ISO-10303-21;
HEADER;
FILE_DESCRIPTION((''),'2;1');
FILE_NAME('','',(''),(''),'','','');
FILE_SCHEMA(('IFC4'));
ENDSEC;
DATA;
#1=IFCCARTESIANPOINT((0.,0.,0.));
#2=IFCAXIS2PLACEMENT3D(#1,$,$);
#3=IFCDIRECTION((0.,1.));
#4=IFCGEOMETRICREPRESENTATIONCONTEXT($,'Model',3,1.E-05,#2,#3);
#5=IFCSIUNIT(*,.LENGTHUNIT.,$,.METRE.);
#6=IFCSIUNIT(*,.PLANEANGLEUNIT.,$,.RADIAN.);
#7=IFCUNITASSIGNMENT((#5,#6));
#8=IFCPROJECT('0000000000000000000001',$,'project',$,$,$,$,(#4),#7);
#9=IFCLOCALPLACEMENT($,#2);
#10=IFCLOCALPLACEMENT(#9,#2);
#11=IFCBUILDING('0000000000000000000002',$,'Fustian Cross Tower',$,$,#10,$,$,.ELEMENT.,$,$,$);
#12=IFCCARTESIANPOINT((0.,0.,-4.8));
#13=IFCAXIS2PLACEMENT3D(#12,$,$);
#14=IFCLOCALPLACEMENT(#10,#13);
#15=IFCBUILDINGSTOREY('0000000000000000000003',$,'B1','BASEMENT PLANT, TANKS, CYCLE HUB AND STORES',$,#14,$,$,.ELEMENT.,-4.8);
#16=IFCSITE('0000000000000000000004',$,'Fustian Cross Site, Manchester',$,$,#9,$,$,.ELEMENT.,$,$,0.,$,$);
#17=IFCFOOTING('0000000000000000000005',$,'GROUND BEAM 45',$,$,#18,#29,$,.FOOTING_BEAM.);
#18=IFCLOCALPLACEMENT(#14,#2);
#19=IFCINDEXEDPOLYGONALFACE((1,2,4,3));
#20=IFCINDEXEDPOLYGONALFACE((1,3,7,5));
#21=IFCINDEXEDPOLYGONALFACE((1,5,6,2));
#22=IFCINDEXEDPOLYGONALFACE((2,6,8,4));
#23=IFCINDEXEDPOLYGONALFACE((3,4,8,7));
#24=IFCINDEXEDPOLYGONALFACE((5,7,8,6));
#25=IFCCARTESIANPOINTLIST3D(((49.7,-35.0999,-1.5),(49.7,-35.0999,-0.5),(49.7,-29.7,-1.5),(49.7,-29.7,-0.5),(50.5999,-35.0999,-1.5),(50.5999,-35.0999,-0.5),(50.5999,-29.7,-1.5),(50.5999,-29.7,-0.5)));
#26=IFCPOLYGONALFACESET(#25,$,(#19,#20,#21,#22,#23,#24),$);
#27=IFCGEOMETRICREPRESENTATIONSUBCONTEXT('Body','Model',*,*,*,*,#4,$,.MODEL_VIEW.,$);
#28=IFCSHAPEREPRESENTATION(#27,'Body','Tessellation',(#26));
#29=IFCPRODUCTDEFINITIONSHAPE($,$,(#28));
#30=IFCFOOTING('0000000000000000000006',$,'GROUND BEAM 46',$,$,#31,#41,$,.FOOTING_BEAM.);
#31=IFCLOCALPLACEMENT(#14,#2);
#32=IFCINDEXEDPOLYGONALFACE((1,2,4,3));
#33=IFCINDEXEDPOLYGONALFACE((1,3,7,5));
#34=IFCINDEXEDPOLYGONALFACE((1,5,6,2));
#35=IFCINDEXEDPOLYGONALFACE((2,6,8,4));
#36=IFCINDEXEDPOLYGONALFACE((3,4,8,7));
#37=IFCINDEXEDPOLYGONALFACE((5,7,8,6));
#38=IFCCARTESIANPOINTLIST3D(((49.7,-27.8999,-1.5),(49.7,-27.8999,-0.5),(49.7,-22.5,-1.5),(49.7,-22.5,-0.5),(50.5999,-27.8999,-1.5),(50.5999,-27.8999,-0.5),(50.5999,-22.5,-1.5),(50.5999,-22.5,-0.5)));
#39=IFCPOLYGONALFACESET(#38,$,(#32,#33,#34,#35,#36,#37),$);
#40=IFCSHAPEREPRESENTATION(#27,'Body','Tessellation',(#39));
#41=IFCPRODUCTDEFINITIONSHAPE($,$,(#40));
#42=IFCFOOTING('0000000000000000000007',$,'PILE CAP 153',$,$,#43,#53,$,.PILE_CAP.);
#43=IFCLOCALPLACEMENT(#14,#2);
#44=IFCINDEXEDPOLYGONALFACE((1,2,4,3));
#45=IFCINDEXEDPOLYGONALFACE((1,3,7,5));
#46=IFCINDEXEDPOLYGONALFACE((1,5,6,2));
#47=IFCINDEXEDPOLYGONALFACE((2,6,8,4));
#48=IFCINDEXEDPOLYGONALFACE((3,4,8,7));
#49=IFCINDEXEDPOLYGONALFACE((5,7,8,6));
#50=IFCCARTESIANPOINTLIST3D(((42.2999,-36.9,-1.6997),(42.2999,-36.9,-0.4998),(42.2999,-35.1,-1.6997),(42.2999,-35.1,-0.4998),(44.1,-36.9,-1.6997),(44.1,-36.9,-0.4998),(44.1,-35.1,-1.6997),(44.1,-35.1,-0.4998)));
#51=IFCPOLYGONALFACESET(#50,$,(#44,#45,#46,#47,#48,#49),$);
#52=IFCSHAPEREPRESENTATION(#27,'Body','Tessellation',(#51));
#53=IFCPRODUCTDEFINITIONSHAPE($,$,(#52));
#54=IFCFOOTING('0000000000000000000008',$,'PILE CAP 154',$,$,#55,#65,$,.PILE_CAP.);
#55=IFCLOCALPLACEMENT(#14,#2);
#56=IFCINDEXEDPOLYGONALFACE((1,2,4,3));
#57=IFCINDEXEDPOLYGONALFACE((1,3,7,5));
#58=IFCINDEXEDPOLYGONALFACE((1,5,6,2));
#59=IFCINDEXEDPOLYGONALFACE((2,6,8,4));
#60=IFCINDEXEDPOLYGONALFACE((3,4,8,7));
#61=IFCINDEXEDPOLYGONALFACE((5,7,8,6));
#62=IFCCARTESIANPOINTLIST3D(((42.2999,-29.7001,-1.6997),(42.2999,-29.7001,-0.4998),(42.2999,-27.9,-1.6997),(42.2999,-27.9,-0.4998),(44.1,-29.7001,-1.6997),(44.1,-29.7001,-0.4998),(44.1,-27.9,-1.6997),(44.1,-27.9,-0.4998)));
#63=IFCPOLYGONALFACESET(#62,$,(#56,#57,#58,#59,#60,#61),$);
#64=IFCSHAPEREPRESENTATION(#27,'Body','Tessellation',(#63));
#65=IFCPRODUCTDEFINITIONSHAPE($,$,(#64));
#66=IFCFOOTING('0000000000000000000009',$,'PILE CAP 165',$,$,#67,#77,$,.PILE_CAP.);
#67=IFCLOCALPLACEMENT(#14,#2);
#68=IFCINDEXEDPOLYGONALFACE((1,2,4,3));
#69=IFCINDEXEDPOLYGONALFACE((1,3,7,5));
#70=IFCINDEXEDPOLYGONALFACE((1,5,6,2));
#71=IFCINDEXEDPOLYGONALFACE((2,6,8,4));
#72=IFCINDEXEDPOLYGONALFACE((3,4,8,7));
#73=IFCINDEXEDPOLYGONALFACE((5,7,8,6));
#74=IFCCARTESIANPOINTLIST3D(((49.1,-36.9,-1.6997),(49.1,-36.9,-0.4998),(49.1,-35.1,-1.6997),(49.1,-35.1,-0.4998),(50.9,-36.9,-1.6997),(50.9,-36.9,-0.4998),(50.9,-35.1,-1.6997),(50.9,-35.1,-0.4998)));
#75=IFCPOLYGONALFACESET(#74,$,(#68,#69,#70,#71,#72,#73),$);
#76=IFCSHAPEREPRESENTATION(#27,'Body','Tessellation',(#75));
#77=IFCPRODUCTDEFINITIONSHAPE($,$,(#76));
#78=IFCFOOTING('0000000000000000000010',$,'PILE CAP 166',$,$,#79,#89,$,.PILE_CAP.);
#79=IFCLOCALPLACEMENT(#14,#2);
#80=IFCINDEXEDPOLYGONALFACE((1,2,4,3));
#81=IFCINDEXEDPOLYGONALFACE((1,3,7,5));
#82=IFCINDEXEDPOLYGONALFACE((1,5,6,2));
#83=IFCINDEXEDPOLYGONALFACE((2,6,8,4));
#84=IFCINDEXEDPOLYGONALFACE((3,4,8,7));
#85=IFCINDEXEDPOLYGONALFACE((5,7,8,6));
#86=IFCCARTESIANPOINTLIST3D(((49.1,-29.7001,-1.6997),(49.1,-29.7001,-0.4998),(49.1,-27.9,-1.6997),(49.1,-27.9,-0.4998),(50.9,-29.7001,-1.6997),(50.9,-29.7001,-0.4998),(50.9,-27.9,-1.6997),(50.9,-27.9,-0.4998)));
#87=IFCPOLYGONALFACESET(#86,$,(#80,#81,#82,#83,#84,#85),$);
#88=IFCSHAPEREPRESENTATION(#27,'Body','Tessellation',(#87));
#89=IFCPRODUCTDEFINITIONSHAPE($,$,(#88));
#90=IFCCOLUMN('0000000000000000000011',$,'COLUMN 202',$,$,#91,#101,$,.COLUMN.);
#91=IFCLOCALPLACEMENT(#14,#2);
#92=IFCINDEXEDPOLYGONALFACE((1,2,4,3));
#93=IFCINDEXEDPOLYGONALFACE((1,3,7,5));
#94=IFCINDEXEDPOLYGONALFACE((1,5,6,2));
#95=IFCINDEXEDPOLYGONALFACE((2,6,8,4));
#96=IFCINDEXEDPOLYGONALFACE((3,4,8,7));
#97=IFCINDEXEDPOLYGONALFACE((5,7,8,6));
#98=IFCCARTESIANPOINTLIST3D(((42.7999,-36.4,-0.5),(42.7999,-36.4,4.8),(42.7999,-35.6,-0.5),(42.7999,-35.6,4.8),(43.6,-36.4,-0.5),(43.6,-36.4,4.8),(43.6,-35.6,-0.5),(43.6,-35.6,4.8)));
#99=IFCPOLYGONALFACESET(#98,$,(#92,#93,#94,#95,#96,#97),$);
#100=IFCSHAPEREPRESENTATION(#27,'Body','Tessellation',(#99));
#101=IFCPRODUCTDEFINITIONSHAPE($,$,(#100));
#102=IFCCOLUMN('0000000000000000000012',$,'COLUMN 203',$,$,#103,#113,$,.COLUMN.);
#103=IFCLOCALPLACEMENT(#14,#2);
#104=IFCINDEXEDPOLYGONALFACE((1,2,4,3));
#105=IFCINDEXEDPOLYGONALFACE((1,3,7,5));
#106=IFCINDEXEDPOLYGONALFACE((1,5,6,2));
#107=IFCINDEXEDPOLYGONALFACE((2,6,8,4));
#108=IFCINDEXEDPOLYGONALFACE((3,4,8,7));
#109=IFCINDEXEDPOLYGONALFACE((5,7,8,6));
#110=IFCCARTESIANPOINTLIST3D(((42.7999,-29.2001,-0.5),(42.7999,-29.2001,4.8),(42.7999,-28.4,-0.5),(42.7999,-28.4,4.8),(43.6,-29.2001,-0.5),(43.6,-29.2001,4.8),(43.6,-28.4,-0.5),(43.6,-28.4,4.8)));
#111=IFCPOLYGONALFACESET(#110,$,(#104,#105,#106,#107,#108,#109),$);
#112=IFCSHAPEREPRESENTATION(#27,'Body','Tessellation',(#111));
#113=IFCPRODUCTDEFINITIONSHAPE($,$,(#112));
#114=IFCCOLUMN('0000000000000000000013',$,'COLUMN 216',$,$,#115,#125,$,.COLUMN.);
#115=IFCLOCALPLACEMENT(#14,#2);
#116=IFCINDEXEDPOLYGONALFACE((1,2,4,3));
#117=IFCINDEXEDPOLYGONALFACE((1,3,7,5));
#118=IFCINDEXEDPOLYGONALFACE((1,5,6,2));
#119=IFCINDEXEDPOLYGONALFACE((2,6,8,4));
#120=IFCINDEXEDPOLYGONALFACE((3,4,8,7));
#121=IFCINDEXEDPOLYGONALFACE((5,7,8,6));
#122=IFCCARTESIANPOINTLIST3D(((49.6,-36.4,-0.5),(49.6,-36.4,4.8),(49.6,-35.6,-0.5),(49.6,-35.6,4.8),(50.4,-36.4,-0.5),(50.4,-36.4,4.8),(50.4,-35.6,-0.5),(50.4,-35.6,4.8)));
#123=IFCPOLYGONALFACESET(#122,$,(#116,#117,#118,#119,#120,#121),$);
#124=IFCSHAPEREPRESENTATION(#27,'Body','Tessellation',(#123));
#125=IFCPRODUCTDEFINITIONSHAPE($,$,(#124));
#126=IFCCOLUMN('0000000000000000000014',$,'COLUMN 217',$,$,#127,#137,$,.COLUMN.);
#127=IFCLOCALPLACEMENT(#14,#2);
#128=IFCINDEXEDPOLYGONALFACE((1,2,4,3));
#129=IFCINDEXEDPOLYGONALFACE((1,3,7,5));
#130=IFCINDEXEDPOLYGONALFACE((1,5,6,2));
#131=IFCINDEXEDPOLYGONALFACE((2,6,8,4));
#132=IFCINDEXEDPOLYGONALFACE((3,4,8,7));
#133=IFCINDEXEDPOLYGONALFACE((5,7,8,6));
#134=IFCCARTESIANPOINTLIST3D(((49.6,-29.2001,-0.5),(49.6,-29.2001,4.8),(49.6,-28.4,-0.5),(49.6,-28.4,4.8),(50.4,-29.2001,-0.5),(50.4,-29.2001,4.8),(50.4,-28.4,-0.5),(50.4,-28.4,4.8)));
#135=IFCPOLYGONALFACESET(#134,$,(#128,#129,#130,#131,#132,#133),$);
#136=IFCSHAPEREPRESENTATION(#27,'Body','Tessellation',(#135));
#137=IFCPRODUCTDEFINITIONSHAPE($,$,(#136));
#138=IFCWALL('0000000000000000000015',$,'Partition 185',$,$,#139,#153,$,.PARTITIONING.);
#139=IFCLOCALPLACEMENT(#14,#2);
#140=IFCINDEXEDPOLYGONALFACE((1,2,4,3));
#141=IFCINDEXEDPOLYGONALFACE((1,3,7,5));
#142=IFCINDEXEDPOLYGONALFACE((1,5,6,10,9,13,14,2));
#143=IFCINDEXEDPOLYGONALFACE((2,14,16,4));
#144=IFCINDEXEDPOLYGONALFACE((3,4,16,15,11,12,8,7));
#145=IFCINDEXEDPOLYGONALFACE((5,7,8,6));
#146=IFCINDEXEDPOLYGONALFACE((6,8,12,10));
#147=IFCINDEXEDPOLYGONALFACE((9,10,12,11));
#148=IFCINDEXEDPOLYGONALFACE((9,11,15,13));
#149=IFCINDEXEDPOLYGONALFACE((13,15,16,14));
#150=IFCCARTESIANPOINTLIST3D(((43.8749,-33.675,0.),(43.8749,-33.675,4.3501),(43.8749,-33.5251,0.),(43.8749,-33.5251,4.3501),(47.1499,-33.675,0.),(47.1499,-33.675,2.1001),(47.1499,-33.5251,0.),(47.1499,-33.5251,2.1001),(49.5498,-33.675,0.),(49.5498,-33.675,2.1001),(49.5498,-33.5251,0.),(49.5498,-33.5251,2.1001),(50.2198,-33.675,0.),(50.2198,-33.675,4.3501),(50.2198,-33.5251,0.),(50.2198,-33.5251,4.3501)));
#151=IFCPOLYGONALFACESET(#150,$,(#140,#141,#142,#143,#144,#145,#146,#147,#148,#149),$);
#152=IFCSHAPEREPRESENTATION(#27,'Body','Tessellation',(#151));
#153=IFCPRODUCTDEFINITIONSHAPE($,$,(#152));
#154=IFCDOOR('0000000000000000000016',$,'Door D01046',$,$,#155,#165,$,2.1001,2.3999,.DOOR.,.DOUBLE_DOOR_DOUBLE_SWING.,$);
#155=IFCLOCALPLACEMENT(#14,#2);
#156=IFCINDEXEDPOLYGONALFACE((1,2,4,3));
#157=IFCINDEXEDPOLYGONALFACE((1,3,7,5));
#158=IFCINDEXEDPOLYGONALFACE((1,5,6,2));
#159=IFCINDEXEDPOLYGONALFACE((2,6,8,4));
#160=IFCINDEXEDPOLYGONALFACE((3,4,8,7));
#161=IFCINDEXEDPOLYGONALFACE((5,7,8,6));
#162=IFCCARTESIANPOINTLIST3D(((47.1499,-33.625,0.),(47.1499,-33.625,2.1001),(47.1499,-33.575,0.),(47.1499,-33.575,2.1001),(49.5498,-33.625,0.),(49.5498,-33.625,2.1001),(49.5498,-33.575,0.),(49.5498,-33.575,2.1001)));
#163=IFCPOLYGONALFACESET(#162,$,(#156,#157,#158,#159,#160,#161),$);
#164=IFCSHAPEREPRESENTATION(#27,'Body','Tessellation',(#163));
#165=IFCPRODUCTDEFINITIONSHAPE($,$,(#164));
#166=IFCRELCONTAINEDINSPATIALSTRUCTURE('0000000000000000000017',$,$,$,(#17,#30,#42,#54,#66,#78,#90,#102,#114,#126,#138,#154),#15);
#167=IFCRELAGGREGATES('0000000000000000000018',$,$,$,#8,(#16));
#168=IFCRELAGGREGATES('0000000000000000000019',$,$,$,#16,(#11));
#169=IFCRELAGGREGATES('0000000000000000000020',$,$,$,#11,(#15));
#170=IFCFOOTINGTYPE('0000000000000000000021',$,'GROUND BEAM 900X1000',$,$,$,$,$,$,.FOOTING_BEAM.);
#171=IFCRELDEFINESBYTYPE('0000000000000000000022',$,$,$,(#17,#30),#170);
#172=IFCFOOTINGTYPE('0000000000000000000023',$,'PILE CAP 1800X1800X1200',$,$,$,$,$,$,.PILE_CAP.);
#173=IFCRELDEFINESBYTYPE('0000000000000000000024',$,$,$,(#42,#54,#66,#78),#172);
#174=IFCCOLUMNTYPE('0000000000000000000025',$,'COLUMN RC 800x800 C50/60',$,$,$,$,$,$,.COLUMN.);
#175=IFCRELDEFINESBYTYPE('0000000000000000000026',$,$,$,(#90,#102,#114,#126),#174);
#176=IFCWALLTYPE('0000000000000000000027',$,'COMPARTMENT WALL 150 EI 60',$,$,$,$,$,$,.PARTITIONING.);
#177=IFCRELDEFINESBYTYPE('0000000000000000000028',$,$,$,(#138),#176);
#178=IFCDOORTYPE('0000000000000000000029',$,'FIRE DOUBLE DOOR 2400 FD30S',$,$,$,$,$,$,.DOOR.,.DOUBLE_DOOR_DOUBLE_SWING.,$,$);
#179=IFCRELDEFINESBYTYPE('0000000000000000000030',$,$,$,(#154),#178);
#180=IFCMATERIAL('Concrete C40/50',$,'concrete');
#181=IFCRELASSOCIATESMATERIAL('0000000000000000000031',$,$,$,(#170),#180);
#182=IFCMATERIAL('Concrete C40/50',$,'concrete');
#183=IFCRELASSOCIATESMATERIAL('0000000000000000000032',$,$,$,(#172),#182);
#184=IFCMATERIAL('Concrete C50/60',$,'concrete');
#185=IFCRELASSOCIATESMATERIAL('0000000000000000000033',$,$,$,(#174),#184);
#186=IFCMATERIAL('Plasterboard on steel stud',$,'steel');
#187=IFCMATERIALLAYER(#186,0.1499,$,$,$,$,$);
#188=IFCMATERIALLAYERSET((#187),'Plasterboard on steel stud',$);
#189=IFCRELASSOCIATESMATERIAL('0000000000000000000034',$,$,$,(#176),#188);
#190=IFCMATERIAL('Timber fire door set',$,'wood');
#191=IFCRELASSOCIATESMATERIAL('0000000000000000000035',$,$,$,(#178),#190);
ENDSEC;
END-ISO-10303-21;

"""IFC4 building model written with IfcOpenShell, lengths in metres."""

from ifc_helpers import new_model, si_unit, direction, frame, frame_2d, origin, origin_2d, place, context, subcontext, project, spatial, rectangle, extrude, material, layer, layer_set, material_profile, profile_set, type_object, element, fill, save


model = new_model("IFC4")

# Units and contexts
model_context = context("Model", 3, precision=1e-05, world=origin(), true_north=direction((0.0, 1.0)))
body_context = subcontext(model_context, "Body", "Model", "MODEL_VIEW")
ifc_project = project(units=[si_unit("LENGTHUNIT", "METRE"), si_unit("PLANEANGLEUNIT", "RADIAN")], contexts=[model_context])

# Site, building, storey
site_placement = place(None, origin())
site = spatial("IfcSite", under=ifc_project, at=site_placement, Name="Fustian Cross Site, Manchester", CompositionType="ELEMENT", RefElevation=0.0)
building_placement = place(site_placement, origin())
building = spatial("IfcBuilding", under=site, at=building_placement, Name="Fustian Cross Tower", CompositionType="ELEMENT")
storey_placement = place(building_placement, frame((0.0, 0.0, -4.8)))
storey = spatial("IfcBuildingStorey", under=building, at=storey_placement, Name="B1", Description="BASEMENT PLANT, TANKS, CYCLE HUB AND STORES", CompositionType="ELEMENT", Elevation=-4.8)

# Footings
ifc_material_1 = material(Name="Concrete C40/50", Category="concrete")
footing_type_1 = type_object("IfcFootingType", Name="GROUND BEAM 900X1000", PredefinedType="FOOTING_BEAM", material=ifc_material_1)
for number, where, z_axis, x_axis, name in (
    (1, (50.1499, -32.3999, -1.5), (0.0, 0.0, 1.0), (1.0, 0.0, 0.0), "GROUND BEAM 45"),
    (2, (50.1499, -25.2, -1.5), (0.0, 0.0, 1.0), (1.0, 0.0, 0.0), "GROUND BEAM 46"),
):
    element("IfcFooting", number, at=place(storey_placement, frame(where, z_axis=z_axis, x_axis=x_axis)), inside=storey, type_object=footing_type_1, Name=name, PredefinedType="FOOTING_BEAM", context=body_context, shape_type="SweptSolid", body=[
        extrude(rectangle(XDim=0.8999, YDim=5.3999, at=origin_2d()), origin(), (0.0, 0.0, 1.0), 1.0),
    ])
ifc_material_2 = material(Name="Concrete C40/50", Category="concrete")
footing_type_2 = type_object("IfcFootingType", Name="PILE CAP 1800X1800X1200", PredefinedType="PILE_CAP", material=ifc_material_2)
for number, where, z_axis, x_axis, name in (
    (3, (43.2, -36.0, -1.6997), (0.0, 0.0, 1.0), (1.0, 0.0, 0.0), "PILE CAP 153"),
    (4, (43.2, -28.8, -1.6997), (0.0, 0.0, 1.0), (1.0, 0.0, 0.0), "PILE CAP 154"),
    (5, (50.0, -36.0, -1.6997), (0.0, 0.0, 1.0), (1.0, 0.0, 0.0), "PILE CAP 165"),
    (6, (50.0, -28.8, -1.6997), (0.0, 0.0, 1.0), (1.0, 0.0, 0.0), "PILE CAP 166"),
):
    element("IfcFooting", number, at=place(storey_placement, frame(where, z_axis=z_axis, x_axis=x_axis)), inside=storey, type_object=footing_type_2, Name=name, PredefinedType="PILE_CAP", context=body_context, shape_type="SweptSolid", body=[
        extrude(rectangle(XDim=1.8, YDim=1.8, at=origin_2d()), origin(), (0.0, 0.0, 1.0), 1.2),
    ])

# Columns
ifc_material_3 = material(Name="Concrete C50/60", Category="concrete")
ifc_material_profile_1 = material_profile(ifc_material_3, rectangle(XDim=0.8, YDim=0.8, at=origin_2d()), Name="RC 800x800")
ifc_profile_set_1 = profile_set([ifc_material_profile_1], Name="Concrete C50/60")
column_type = type_object("IfcColumnType", Name="COLUMN RC 800x800 C50/60", PredefinedType="COLUMN", material=ifc_profile_set_1)
for number, where, z_axis, x_axis, name in (
    (7, (43.2, -36.0, -0.5), (0.0, 0.0, 1.0), (1.0, 0.0, 0.0), "COLUMN 202"),
    (8, (43.2, -28.8, -0.5), (0.0, 0.0, 1.0), (1.0, 0.0, 0.0), "COLUMN 203"),
    (9, (50.0, -36.0, -0.5), (0.0, 0.0, 1.0), (1.0, 0.0, 0.0), "COLUMN 216"),
    (10, (50.0, -28.8, -0.5), (0.0, 0.0, 1.0), (1.0, 0.0, 0.0), "COLUMN 217"),
):
    element("IfcColumn", number, at=place(storey_placement, frame(where, z_axis=z_axis, x_axis=x_axis)), inside=storey, type_object=column_type, Name=name, PredefinedType="COLUMN", context=body_context, shape_type="SweptSolid", body=[
        extrude(rectangle(XDim=0.8, YDim=0.8, at=origin_2d()), origin(), (0.0, 0.0, 1.0), 5.3),
    ])

# Wall, opening, door
ifc_material_4 = material(Name="Plasterboard on steel stud", Category="steel")
ifc_layer_1 = layer(ifc_material_4, 0.1499)
ifc_layer_set_1 = layer_set([ifc_layer_1], Name="Plasterboard on steel stud")
wall_type_1 = type_object("IfcWallType", Name="COMPARTMENT WALL 150 EI 60", PredefinedType="PARTITIONING", material=ifc_layer_set_1)
wall_1_placement = place(storey_placement, frame((43.875, -33.6001, 0.0), z_axis=(0.0, 0.0, 1.0), x_axis=(1.0, 0.0, 0.0)))
wall_1 = element("IfcWall", 11, at=wall_1_placement, inside=storey, type_object=wall_type_1, Name="Partition 185", PredefinedType="PARTITIONING", context=body_context, shape_type="SweptSolid", body=[
    extrude(rectangle(XDim=6.345, YDim=0.1499, at=frame_2d((3.1724, 0.0))), origin(), (0.0, 0.0, 1.0), 4.3501),
])
opening_1_placement = place(wall_1_placement, frame((3.2749, 0.0, 0.0)))
opening_1 = element("IfcOpeningElement", 12, at=opening_1_placement, cuts=wall_1, PredefinedType="OPENING", context=body_context, shape_type="SweptSolid", body=[
    extrude(rectangle(XDim=2.3999, YDim=2.1001, at=frame_2d((1.2, 1.05))), frame((0.0, 0.085, 0.0), z_axis=(0.0, -1.0, 0.0), x_axis=(1.0, 0.0, 0.0)), (0.0, 0.0, 1.0), 0.1699),
])
ifc_material_5 = material(Name="Timber fire door set", Category="wood")
door_type_1 = type_object("IfcDoorType", Name="FIRE DOUBLE DOOR 2400 FD30S", OperationType="DOUBLE_DOOR_DOUBLE_SWING", PredefinedType="DOOR", material=ifc_material_5)
door_1_placement = place(opening_1_placement, frame((2.3999, 0.0, 0.0), z_axis=(0.0, 0.0, 1.0), x_axis=(-1.0, 0.0, 0.0)))
door_1 = element("IfcDoor", 13, at=door_1_placement, inside=storey, type_object=door_type_1, Name="Door D01046", OperationType="DOUBLE_DOOR_DOUBLE_SWING", OverallHeight=2.1001, OverallWidth=2.3999, PredefinedType="DOOR", context=body_context, shape_type="SweptSolid", body=[
    extrude(rectangle(XDim=2.3999, YDim=2.1001, at=frame_2d((1.2, 1.05))), frame((0.0, 0.0249, 0.0), z_axis=(0.0, -1.0, 0.0), x_axis=(1.0, 0.0, 0.0)), (0.0, 0.0, 1.0), 0.05),
])
fill(opening_1, door_1)

save(model, "model.ifc")
